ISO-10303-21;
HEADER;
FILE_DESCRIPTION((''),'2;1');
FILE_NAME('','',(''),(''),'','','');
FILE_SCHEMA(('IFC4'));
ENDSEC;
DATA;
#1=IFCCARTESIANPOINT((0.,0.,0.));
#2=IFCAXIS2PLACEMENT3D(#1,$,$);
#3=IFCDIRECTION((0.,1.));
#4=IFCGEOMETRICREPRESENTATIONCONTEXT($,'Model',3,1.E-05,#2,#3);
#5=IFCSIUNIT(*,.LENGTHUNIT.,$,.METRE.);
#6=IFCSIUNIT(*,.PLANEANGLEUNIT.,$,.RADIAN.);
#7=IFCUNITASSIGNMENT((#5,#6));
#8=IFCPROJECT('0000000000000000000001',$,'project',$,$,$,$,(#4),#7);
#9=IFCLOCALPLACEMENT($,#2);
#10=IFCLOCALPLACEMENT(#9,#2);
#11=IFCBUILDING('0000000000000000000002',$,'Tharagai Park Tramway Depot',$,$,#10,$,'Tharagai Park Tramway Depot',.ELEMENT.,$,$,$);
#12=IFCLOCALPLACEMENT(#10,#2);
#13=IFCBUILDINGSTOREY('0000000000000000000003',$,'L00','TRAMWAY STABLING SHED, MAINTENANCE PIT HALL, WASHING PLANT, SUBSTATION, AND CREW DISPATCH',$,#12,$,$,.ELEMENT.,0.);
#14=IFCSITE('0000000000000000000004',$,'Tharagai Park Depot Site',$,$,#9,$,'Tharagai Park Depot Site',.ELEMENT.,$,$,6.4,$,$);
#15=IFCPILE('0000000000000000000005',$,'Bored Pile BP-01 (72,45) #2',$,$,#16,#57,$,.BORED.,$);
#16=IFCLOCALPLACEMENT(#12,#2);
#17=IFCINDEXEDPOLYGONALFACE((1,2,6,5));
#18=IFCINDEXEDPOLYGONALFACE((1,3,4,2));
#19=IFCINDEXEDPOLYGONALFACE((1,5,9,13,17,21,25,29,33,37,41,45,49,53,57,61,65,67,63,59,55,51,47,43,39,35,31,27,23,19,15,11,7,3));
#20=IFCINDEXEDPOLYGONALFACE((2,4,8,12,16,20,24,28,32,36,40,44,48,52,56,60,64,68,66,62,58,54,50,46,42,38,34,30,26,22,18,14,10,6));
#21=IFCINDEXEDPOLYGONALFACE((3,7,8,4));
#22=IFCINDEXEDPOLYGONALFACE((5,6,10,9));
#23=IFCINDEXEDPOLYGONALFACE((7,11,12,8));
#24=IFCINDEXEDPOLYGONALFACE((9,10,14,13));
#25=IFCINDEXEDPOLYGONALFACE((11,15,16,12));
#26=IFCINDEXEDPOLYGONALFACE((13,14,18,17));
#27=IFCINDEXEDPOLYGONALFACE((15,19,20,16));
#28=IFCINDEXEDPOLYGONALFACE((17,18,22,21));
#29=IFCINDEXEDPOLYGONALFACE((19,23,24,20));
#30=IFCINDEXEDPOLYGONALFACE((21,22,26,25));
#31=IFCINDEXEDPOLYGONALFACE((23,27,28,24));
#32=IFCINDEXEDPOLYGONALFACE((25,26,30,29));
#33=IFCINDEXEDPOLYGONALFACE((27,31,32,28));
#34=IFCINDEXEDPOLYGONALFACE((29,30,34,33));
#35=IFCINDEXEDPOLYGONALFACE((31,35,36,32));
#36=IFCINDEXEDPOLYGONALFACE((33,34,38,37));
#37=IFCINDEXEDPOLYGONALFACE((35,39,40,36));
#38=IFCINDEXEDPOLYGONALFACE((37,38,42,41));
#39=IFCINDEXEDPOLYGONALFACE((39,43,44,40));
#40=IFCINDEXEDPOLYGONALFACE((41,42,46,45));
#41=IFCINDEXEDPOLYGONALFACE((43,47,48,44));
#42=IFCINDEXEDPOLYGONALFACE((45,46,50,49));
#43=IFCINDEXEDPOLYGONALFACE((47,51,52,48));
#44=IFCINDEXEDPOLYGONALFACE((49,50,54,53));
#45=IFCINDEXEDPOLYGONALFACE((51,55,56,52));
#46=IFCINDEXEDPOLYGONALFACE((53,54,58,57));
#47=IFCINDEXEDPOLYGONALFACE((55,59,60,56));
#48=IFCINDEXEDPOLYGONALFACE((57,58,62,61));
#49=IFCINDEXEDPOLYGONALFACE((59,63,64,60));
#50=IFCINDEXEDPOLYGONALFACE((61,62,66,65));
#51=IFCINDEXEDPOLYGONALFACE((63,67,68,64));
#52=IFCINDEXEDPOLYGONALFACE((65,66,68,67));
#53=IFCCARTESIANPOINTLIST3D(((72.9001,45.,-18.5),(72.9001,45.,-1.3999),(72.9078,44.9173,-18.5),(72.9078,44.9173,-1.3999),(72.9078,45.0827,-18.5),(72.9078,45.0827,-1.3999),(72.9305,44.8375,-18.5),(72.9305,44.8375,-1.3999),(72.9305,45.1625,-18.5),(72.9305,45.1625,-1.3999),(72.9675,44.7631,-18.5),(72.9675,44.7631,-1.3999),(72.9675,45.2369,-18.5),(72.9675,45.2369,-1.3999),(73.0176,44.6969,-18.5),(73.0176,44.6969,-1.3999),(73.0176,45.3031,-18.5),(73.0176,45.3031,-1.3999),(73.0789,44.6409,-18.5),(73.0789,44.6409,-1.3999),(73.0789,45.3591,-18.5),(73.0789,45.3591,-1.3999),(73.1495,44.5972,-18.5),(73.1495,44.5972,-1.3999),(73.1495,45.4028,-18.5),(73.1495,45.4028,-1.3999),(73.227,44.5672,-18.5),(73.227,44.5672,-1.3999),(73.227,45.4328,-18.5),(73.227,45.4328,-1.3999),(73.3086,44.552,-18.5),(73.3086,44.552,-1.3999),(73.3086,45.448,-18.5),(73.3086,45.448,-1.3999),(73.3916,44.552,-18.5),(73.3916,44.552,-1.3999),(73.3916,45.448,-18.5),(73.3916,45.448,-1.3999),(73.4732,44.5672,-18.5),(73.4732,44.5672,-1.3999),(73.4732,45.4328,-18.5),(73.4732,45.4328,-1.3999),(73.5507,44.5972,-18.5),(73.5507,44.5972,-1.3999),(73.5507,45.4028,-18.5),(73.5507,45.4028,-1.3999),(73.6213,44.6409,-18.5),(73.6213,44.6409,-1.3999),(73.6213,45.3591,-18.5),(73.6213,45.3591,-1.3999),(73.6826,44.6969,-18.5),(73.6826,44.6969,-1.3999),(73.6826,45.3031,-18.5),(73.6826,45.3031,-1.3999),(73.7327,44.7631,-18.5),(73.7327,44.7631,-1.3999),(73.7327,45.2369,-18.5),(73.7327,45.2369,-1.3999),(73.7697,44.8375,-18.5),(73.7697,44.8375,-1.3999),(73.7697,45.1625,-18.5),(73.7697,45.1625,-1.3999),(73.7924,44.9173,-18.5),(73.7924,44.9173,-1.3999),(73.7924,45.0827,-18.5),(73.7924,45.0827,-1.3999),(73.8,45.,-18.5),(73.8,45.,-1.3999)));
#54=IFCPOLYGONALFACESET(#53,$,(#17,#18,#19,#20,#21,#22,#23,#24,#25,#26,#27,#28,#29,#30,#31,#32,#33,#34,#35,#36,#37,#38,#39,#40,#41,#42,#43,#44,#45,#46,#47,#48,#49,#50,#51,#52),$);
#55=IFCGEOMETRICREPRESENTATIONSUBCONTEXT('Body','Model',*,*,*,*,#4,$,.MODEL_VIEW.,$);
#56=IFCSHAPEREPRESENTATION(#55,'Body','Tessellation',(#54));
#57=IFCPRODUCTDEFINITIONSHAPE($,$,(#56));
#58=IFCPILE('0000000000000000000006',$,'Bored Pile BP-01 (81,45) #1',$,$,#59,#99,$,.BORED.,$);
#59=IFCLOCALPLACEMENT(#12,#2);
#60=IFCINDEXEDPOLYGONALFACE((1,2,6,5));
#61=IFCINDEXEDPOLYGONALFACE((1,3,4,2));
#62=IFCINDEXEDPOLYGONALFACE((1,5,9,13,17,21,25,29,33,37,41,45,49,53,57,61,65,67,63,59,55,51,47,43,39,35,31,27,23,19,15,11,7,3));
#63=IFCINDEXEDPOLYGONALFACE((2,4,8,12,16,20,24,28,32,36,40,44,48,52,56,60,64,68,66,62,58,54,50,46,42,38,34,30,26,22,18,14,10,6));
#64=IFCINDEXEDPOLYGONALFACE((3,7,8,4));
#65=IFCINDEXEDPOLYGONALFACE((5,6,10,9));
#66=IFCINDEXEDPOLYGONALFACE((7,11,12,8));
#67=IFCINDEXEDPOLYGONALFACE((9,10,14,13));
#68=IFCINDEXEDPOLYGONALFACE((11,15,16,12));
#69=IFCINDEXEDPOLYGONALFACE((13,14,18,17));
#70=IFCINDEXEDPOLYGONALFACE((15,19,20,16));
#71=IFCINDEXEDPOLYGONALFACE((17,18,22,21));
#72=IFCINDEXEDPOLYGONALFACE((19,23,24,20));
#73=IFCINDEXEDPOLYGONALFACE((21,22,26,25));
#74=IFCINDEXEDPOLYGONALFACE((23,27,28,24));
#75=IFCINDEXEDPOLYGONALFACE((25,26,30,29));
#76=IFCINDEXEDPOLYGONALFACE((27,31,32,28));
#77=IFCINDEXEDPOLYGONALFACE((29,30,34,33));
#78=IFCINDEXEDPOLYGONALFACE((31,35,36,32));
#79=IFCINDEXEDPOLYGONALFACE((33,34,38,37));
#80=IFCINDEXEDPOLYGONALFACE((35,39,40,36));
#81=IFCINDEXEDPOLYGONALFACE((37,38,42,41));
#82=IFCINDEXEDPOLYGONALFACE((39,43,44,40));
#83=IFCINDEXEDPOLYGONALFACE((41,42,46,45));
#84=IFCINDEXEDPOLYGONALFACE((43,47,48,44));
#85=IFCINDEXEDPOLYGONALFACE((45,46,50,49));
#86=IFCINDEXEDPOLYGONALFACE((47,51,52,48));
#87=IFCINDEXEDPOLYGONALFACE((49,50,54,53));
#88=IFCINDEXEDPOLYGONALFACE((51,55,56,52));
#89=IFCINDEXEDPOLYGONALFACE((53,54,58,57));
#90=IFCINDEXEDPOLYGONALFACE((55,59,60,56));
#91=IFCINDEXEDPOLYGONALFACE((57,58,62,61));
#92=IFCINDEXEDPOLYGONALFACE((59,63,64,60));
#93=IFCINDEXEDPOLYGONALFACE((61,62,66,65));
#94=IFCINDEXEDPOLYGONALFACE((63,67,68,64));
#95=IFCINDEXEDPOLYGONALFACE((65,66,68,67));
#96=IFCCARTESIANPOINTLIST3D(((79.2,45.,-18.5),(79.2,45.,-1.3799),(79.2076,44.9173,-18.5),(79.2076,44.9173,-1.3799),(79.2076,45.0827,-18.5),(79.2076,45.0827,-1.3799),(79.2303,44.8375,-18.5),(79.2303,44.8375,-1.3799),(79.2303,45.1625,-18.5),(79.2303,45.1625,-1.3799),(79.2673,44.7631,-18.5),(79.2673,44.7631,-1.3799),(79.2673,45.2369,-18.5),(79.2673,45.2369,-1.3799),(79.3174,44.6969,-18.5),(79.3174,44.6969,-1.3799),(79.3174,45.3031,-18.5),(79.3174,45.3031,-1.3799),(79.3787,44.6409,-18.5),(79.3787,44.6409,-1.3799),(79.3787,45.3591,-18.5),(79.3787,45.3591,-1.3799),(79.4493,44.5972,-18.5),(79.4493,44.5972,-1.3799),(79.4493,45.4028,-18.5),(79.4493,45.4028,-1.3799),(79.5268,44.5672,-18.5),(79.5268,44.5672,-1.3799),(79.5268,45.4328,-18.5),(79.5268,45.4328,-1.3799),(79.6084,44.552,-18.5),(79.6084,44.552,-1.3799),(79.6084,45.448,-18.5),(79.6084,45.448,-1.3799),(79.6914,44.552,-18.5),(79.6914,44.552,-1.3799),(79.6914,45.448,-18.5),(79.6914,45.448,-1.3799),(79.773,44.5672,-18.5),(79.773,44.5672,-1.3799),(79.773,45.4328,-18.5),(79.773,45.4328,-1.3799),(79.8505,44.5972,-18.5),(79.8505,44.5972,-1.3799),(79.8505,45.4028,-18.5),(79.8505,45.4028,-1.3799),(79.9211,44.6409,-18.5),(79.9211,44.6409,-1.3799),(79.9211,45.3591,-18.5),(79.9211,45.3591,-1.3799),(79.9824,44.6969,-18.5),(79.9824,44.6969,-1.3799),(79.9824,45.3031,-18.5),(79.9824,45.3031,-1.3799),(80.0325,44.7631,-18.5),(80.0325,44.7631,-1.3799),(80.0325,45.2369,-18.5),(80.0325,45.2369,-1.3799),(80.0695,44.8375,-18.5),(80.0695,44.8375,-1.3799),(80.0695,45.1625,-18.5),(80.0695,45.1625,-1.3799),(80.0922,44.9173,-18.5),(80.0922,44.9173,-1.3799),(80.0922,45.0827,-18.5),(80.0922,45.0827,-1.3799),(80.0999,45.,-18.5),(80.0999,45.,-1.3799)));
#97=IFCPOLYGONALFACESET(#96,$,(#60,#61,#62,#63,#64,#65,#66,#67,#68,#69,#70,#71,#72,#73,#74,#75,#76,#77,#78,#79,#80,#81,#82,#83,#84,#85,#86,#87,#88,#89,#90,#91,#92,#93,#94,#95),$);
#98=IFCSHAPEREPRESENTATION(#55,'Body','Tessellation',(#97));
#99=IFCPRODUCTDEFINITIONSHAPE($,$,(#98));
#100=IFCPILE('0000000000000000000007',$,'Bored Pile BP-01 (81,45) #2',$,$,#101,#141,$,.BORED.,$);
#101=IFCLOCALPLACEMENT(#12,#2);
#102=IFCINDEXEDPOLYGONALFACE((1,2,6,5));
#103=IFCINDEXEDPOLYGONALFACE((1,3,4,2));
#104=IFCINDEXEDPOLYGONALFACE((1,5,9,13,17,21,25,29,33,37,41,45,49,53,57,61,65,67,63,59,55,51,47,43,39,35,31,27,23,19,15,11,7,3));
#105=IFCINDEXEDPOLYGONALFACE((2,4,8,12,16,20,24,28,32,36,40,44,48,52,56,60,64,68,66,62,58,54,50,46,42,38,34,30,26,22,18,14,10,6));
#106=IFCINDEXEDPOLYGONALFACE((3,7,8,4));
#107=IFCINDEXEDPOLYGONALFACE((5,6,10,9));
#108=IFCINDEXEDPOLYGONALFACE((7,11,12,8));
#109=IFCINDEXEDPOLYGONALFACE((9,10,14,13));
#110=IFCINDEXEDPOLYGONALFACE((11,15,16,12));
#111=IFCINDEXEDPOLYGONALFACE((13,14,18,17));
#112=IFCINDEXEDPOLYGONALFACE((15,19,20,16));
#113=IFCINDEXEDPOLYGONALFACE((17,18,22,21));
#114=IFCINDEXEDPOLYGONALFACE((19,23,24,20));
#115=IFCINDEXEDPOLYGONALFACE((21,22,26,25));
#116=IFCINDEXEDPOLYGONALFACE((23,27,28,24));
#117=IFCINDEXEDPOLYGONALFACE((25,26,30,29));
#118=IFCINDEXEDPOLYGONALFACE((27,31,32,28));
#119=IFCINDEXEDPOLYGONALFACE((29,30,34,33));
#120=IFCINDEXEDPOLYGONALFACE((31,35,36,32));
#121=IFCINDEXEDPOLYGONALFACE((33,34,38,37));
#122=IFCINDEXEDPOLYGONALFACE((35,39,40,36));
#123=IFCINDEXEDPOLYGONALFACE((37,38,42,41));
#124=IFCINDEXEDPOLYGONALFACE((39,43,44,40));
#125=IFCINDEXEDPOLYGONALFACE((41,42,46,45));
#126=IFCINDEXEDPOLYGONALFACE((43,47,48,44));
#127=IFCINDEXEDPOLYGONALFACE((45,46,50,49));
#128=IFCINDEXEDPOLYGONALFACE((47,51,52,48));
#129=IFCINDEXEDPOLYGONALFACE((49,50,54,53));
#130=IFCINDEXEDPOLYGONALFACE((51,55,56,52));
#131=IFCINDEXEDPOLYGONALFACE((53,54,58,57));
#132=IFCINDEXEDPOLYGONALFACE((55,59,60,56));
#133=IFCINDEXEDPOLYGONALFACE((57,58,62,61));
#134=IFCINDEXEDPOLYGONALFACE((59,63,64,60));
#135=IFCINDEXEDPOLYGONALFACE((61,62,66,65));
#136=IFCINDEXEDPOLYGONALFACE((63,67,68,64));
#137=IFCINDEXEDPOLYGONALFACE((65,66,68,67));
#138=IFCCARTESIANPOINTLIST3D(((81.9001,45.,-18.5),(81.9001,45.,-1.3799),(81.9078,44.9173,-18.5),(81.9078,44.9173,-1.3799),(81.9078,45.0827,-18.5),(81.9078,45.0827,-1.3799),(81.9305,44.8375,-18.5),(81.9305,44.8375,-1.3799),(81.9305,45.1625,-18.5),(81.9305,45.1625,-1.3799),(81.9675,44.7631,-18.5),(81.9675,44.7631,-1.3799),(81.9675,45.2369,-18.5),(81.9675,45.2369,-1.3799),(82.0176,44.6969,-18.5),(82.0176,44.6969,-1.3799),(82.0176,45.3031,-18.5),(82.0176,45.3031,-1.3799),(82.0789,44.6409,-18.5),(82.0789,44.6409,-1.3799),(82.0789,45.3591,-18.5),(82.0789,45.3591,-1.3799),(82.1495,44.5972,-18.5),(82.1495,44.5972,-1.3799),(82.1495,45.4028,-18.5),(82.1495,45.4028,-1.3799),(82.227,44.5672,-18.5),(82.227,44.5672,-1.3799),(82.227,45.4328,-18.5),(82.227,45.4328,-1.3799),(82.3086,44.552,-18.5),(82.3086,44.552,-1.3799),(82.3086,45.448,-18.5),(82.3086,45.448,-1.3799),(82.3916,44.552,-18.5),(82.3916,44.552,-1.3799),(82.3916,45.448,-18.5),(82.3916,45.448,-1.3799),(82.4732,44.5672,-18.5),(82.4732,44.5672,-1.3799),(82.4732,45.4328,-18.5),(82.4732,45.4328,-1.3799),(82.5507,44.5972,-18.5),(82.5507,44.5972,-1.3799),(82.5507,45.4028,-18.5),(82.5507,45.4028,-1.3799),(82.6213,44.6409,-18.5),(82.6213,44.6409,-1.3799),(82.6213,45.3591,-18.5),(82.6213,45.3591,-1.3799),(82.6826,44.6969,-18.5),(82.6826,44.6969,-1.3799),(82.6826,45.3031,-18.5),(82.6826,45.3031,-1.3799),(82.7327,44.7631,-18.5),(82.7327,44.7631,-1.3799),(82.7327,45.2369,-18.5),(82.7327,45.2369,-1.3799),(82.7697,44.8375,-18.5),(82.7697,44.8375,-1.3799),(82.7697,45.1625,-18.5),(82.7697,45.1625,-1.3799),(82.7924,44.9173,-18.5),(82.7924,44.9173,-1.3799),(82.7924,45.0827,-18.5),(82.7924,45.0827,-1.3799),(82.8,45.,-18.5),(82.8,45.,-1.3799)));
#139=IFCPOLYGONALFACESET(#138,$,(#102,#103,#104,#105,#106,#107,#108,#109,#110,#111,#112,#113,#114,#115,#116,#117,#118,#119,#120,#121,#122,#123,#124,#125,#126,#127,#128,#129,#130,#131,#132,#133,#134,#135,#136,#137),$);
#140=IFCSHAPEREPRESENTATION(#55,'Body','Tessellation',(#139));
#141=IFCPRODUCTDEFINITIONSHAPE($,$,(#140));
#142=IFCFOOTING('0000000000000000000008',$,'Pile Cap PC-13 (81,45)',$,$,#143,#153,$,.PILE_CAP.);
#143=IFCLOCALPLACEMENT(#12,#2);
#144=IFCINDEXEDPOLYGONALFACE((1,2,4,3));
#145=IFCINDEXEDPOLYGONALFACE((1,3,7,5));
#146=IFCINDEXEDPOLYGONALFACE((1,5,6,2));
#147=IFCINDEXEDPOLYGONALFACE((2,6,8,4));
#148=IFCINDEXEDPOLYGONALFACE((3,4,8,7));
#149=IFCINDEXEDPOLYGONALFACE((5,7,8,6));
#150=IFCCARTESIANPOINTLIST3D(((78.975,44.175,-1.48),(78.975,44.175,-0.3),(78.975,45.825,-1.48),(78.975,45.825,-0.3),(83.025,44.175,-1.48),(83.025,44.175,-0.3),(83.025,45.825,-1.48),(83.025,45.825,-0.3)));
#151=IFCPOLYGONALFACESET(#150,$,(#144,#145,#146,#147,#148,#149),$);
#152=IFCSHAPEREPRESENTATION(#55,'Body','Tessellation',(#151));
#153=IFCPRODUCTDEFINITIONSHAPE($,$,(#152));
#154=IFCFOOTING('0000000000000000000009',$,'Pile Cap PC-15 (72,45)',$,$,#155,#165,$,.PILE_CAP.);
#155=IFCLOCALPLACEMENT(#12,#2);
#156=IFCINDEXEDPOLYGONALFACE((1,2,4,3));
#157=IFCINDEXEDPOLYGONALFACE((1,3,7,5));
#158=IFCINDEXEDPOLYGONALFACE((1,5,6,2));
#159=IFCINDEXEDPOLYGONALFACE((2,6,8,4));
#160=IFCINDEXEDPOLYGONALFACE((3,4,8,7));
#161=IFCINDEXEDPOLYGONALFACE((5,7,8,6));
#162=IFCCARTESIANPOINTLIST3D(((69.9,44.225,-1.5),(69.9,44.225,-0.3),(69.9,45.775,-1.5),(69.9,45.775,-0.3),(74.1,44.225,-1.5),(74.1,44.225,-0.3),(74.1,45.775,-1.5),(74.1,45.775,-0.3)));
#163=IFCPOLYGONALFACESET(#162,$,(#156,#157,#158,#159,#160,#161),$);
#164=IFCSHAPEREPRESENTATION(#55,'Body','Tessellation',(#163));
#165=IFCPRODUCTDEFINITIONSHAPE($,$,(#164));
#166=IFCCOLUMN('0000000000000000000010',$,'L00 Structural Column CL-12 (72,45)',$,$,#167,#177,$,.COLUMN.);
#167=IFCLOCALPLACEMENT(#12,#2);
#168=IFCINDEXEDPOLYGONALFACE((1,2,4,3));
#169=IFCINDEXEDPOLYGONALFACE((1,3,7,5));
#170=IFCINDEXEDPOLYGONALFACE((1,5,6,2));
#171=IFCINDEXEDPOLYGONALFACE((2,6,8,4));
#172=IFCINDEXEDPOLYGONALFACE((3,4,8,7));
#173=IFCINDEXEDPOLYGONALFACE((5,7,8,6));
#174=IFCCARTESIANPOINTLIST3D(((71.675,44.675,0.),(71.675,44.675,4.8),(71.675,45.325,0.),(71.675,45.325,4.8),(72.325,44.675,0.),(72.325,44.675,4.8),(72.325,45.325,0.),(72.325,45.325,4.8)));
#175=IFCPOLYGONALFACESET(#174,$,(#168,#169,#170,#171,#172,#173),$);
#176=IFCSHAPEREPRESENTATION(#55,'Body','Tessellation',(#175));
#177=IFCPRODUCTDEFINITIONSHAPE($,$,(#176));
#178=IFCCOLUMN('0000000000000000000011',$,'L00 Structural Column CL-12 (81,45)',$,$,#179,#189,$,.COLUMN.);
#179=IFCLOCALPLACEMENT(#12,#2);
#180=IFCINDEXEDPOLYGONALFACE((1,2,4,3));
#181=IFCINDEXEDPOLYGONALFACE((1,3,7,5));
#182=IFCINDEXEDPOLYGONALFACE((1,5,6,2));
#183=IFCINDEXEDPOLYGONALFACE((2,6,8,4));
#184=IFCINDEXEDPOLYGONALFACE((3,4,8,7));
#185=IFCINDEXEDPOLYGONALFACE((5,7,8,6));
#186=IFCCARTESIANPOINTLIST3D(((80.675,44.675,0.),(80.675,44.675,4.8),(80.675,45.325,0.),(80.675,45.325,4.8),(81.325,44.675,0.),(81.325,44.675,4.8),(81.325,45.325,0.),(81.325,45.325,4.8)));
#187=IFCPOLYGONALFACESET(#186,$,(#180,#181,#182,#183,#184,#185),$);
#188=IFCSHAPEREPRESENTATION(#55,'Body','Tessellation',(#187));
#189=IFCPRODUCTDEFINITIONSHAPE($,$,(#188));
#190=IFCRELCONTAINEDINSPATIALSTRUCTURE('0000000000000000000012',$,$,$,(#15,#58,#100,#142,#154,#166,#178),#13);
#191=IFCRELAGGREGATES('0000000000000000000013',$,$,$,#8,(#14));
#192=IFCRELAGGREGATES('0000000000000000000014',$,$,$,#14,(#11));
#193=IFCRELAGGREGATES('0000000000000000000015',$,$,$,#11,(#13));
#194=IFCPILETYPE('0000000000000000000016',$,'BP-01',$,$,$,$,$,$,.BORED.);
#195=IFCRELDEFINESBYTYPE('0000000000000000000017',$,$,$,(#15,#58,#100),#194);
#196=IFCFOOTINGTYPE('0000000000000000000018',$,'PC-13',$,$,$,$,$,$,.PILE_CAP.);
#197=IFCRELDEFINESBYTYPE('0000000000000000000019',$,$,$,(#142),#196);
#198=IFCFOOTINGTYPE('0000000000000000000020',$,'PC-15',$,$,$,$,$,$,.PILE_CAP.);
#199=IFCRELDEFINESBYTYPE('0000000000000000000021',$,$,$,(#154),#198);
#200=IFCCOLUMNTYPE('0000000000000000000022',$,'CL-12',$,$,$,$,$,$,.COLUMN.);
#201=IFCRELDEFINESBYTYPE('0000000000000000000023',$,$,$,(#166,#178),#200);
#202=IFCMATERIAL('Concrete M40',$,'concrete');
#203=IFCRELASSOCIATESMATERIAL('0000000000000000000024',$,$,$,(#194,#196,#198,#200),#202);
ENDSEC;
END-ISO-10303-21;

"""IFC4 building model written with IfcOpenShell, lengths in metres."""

from ifc_helpers import new_model, si_unit, direction, frame, origin, origin_2d, place, context, subcontext, project, spatial, rectangle, circle, extrude, material, material_profile, profile_set, type_object, element, save


model = new_model("IFC4")

# Units and contexts
model_context = context("Model", 3, precision=1e-05, world=origin(), true_north=direction((0.0, 1.0)))
body_context = subcontext(model_context, "Body", "Model", "MODEL_VIEW")
ifc_project = project(units=[si_unit("LENGTHUNIT", "METRE"), si_unit("PLANEANGLEUNIT", "RADIAN")], contexts=[model_context])

# Site, building, storey
site_placement = place(None, origin())
site = spatial("IfcSite", under=ifc_project, at=site_placement, Name="Tharagai Park Depot Site", LongName="Tharagai Park Depot Site", CompositionType="ELEMENT", RefElevation=6.4)
building_placement = place(site_placement, origin())
building = spatial("IfcBuilding", under=site, at=building_placement, Name="Tharagai Park Tramway Depot", LongName="Tharagai Park Tramway Depot", CompositionType="ELEMENT")
storey_placement = place(building_placement, origin())
storey = spatial("IfcBuildingStorey", under=building, at=storey_placement, Name="L00", Description="TRAMWAY STABLING SHED, MAINTENANCE PIT HALL, WASHING PLANT, SUBSTATION, AND CREW DISPATCH", CompositionType="ELEMENT", Elevation=0.0)

# Piles
ifc_material_1 = material(Name="Concrete M40", Category="concrete")
ifc_material_profile_1 = material_profile(ifc_material_1, circle(Radius=0.45, at=origin_2d()), Name="PILE D900")
ifc_profile_set_1 = profile_set([ifc_material_profile_1], Name="Concrete M40")
pile_type = type_object("IfcPileType", Name="BP-01", PredefinedType="BORED", material=ifc_profile_set_1)
pile_placement = place(storey_placement, frame((73.3501, 45.0, -1.3999), z_axis=(0.0, 0.0, -1.0), x_axis=(1.0, 0.0, 0.0)))
element("IfcPile", 1, at=pile_placement, inside=storey, type_object=pile_type, Name="Bored Pile BP-01 (72,45) #2", PredefinedType="BORED", context=body_context, shape_type="SweptSolid", body=[
    extrude(circle(Radius=0.45, at=origin_2d()), origin(), (0.0, 0.0, 1.0), 17.1001),
])
for number, where, z_axis, x_axis, name in (
    (2, (79.6499, 45.0, -1.3799), (0.0, 0.0, -1.0), (1.0, 0.0, 0.0), "Bored Pile BP-01 (81,45) #1"),
    (3, (82.3501, 45.0, -1.3799), (0.0, 0.0, -1.0), (1.0, 0.0, 0.0), "Bored Pile BP-01 (81,45) #2"),
):
    element("IfcPile", number, at=place(storey_placement, frame(where, z_axis=z_axis, x_axis=x_axis)), inside=storey, type_object=pile_type, Name=name, PredefinedType="BORED", context=body_context, shape_type="SweptSolid", body=[
        extrude(circle(Radius=0.45, at=origin_2d()), origin(), (0.0, 0.0, 1.0), 17.1201),
    ])

# Footings
footing_type_1 = type_object("IfcFootingType", Name="PC-13", PredefinedType="PILE_CAP", material=ifc_material_1)
footing_1_placement = place(storey_placement, frame((81.0, 45.0, -1.48), z_axis=(0.0, 0.0, 1.0), x_axis=(1.0, 0.0, 0.0)))
element("IfcFooting", 4, at=footing_1_placement, inside=storey, type_object=footing_type_1, Name="Pile Cap PC-13 (81,45)", PredefinedType="PILE_CAP", context=body_context, shape_type="SweptSolid", body=[
    extrude(rectangle(XDim=4.05, YDim=1.6499, at=origin_2d()), origin(), (0.0, 0.0, 1.0), 1.1799),
])
footing_type_2 = type_object("IfcFootingType", Name="PC-15", PredefinedType="PILE_CAP", material=ifc_material_1)
footing_2_placement = place(storey_placement, frame((72.0, 45.0, -1.5), z_axis=(0.0, 0.0, 1.0), x_axis=(1.0, 0.0, 0.0)))
element("IfcFooting", 5, at=footing_2_placement, inside=storey, type_object=footing_type_2, Name="Pile Cap PC-15 (72,45)", PredefinedType="PILE_CAP", context=body_context, shape_type="SweptSolid", body=[
    extrude(rectangle(XDim=4.2, YDim=1.55, at=origin_2d()), origin(), (0.0, 0.0, 1.0), 1.2),
])

# Columns
ifc_material_profile_2 = material_profile(ifc_material_1, rectangle(XDim=0.6499, YDim=0.6499, at=origin_2d()), Name="RC 650x650")
ifc_profile_set_2 = profile_set([ifc_material_profile_2], Name="Concrete M40")
column_type = type_object("IfcColumnType", Name="CL-12", PredefinedType="COLUMN", material=ifc_profile_set_2)
for number, where, z_axis, x_axis, name in (
    (6, (72.0, 45.0, 0.0), (0.0, 0.0, 1.0), (1.0, 0.0, 0.0), "L00 Structural Column CL-12 (72,45)"),
    (7, (81.0, 45.0, 0.0), (0.0, 0.0, 1.0), (1.0, 0.0, 0.0), "L00 Structural Column CL-12 (81,45)"),
):
    element("IfcColumn", number, at=place(storey_placement, frame(where, z_axis=z_axis, x_axis=x_axis)), inside=storey, type_object=column_type, Name=name, PredefinedType="COLUMN", context=body_context, shape_type="SweptSolid", body=[
        extrude(rectangle(XDim=0.6499, YDim=0.6499, at=origin_2d()), origin(), (0.0, 0.0, 1.0), 4.8),
    ])

save(model, "model.ifc")
